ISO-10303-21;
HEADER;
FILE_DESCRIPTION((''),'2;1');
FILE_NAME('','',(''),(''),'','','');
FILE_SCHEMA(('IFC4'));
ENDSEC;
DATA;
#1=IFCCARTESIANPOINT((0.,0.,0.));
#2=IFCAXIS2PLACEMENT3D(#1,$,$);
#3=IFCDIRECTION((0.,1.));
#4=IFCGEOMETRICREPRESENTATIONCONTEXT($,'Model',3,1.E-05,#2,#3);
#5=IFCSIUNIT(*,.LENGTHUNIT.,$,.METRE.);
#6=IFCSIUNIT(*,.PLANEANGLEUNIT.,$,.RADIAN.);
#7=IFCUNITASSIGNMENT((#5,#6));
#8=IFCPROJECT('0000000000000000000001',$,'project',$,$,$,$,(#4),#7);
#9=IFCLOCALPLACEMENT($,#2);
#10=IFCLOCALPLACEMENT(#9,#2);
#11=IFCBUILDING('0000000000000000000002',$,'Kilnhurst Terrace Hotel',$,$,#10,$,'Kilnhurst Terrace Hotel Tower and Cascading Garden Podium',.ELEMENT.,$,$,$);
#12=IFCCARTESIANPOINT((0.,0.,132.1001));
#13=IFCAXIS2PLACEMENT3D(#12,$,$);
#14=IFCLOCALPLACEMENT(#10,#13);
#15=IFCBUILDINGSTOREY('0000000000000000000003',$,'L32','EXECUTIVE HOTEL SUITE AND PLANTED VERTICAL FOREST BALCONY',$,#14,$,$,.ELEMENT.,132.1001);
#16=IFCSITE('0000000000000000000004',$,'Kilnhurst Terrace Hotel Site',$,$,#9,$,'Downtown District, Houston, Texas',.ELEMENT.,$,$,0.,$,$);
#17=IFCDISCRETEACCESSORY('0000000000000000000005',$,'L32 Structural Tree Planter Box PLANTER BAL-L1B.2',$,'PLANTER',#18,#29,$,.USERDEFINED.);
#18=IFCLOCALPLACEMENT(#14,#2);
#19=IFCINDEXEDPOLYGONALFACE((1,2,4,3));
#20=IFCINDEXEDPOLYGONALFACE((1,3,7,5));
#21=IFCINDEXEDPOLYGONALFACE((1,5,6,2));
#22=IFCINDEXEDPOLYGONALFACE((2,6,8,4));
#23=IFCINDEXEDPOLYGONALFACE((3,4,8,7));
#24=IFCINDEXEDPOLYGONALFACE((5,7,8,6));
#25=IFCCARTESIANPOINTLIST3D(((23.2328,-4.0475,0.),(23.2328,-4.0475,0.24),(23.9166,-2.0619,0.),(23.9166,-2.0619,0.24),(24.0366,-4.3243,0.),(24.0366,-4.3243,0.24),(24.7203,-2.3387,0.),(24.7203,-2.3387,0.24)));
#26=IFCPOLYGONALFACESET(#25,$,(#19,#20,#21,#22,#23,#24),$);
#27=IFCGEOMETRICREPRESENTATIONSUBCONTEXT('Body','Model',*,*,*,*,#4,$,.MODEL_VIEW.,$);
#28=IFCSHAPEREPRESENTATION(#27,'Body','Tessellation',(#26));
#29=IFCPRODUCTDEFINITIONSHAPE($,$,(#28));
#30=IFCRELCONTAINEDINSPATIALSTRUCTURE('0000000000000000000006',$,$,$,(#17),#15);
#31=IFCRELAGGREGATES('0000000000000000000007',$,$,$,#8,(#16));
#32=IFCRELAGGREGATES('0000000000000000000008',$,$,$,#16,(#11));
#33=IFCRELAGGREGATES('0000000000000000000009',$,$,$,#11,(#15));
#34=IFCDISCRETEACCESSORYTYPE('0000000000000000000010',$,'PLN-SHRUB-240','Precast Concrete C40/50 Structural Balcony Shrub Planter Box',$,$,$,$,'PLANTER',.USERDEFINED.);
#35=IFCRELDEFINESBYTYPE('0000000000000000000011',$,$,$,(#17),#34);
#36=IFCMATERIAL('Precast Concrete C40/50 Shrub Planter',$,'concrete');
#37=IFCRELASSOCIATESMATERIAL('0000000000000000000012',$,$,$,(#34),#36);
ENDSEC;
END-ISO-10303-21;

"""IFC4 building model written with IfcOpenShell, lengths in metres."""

from ifc_helpers import new_model, si_unit, direction, frame, origin, origin_2d, place, context, subcontext, project, spatial, rectangle, extrude, material, type_object, element, save


model = new_model("IFC4")

# Units and contexts
model_context = context("Model", 3, precision=1e-05, world=origin(), true_north=direction((0.0, 1.0)))
body_context = subcontext(model_context, "Body", "Model", "MODEL_VIEW")
ifc_project = project(units=[si_unit("LENGTHUNIT", "METRE"), si_unit("PLANEANGLEUNIT", "RADIAN")], contexts=[model_context])

# Site, building, storey
site_placement = place(None, origin())
site = spatial("IfcSite", under=ifc_project, at=site_placement, Name="Kilnhurst Terrace Hotel Site", LongName="Downtown District, Houston, Texas", CompositionType="ELEMENT", RefElevation=0.0)
building_placement = place(site_placement, origin())
building = spatial("IfcBuilding", under=site, at=building_placement, Name="Kilnhurst Terrace Hotel", LongName="Kilnhurst Terrace Hotel Tower and Cascading Garden Podium", CompositionType="ELEMENT")
storey_placement = place(building_placement, frame((0.0, 0.0, 132.1001)))
storey = spatial("IfcBuildingStorey", under=building, at=storey_placement, Name="L32", Description="EXECUTIVE HOTEL SUITE AND PLANTED VERTICAL FOREST BALCONY", CompositionType="ELEMENT", Elevation=132.1001)

# Discrete accessory
ifc_material_1 = material(Name="Precast Concrete C40/50 Shrub Planter", Category="concrete")
discrete_accessory_type = type_object("IfcDiscreteAccessoryType", Name="PLN-SHRUB-240", Description="Precast Concrete C40/50 Structural Balcony Shrub Planter Box", ElementType="PLANTER", PredefinedType="USERDEFINED", material=ifc_material_1)
discrete_accessory_placement = place(storey_placement, frame((23.9766, -3.1931, 0.0), z_axis=(0.0, 0.0, 1.0), x_axis=(0.325601, 0.945507, 0.0)))
element("IfcDiscreteAccessory", 1, at=discrete_accessory_placement, inside=storey, type_object=discrete_accessory_type, Name="L32 Structural Tree Planter Box PLANTER BAL-L1B.2", ObjectType="PLANTER", PredefinedType="USERDEFINED", context=body_context, shape_type="SweptSolid", body=[
    extrude(rectangle(XDim=2.1001, YDim=0.8501, at=origin_2d()), origin(), (0.0, 0.0, 1.0), 0.24),
])

save(model, "model.ifc")
